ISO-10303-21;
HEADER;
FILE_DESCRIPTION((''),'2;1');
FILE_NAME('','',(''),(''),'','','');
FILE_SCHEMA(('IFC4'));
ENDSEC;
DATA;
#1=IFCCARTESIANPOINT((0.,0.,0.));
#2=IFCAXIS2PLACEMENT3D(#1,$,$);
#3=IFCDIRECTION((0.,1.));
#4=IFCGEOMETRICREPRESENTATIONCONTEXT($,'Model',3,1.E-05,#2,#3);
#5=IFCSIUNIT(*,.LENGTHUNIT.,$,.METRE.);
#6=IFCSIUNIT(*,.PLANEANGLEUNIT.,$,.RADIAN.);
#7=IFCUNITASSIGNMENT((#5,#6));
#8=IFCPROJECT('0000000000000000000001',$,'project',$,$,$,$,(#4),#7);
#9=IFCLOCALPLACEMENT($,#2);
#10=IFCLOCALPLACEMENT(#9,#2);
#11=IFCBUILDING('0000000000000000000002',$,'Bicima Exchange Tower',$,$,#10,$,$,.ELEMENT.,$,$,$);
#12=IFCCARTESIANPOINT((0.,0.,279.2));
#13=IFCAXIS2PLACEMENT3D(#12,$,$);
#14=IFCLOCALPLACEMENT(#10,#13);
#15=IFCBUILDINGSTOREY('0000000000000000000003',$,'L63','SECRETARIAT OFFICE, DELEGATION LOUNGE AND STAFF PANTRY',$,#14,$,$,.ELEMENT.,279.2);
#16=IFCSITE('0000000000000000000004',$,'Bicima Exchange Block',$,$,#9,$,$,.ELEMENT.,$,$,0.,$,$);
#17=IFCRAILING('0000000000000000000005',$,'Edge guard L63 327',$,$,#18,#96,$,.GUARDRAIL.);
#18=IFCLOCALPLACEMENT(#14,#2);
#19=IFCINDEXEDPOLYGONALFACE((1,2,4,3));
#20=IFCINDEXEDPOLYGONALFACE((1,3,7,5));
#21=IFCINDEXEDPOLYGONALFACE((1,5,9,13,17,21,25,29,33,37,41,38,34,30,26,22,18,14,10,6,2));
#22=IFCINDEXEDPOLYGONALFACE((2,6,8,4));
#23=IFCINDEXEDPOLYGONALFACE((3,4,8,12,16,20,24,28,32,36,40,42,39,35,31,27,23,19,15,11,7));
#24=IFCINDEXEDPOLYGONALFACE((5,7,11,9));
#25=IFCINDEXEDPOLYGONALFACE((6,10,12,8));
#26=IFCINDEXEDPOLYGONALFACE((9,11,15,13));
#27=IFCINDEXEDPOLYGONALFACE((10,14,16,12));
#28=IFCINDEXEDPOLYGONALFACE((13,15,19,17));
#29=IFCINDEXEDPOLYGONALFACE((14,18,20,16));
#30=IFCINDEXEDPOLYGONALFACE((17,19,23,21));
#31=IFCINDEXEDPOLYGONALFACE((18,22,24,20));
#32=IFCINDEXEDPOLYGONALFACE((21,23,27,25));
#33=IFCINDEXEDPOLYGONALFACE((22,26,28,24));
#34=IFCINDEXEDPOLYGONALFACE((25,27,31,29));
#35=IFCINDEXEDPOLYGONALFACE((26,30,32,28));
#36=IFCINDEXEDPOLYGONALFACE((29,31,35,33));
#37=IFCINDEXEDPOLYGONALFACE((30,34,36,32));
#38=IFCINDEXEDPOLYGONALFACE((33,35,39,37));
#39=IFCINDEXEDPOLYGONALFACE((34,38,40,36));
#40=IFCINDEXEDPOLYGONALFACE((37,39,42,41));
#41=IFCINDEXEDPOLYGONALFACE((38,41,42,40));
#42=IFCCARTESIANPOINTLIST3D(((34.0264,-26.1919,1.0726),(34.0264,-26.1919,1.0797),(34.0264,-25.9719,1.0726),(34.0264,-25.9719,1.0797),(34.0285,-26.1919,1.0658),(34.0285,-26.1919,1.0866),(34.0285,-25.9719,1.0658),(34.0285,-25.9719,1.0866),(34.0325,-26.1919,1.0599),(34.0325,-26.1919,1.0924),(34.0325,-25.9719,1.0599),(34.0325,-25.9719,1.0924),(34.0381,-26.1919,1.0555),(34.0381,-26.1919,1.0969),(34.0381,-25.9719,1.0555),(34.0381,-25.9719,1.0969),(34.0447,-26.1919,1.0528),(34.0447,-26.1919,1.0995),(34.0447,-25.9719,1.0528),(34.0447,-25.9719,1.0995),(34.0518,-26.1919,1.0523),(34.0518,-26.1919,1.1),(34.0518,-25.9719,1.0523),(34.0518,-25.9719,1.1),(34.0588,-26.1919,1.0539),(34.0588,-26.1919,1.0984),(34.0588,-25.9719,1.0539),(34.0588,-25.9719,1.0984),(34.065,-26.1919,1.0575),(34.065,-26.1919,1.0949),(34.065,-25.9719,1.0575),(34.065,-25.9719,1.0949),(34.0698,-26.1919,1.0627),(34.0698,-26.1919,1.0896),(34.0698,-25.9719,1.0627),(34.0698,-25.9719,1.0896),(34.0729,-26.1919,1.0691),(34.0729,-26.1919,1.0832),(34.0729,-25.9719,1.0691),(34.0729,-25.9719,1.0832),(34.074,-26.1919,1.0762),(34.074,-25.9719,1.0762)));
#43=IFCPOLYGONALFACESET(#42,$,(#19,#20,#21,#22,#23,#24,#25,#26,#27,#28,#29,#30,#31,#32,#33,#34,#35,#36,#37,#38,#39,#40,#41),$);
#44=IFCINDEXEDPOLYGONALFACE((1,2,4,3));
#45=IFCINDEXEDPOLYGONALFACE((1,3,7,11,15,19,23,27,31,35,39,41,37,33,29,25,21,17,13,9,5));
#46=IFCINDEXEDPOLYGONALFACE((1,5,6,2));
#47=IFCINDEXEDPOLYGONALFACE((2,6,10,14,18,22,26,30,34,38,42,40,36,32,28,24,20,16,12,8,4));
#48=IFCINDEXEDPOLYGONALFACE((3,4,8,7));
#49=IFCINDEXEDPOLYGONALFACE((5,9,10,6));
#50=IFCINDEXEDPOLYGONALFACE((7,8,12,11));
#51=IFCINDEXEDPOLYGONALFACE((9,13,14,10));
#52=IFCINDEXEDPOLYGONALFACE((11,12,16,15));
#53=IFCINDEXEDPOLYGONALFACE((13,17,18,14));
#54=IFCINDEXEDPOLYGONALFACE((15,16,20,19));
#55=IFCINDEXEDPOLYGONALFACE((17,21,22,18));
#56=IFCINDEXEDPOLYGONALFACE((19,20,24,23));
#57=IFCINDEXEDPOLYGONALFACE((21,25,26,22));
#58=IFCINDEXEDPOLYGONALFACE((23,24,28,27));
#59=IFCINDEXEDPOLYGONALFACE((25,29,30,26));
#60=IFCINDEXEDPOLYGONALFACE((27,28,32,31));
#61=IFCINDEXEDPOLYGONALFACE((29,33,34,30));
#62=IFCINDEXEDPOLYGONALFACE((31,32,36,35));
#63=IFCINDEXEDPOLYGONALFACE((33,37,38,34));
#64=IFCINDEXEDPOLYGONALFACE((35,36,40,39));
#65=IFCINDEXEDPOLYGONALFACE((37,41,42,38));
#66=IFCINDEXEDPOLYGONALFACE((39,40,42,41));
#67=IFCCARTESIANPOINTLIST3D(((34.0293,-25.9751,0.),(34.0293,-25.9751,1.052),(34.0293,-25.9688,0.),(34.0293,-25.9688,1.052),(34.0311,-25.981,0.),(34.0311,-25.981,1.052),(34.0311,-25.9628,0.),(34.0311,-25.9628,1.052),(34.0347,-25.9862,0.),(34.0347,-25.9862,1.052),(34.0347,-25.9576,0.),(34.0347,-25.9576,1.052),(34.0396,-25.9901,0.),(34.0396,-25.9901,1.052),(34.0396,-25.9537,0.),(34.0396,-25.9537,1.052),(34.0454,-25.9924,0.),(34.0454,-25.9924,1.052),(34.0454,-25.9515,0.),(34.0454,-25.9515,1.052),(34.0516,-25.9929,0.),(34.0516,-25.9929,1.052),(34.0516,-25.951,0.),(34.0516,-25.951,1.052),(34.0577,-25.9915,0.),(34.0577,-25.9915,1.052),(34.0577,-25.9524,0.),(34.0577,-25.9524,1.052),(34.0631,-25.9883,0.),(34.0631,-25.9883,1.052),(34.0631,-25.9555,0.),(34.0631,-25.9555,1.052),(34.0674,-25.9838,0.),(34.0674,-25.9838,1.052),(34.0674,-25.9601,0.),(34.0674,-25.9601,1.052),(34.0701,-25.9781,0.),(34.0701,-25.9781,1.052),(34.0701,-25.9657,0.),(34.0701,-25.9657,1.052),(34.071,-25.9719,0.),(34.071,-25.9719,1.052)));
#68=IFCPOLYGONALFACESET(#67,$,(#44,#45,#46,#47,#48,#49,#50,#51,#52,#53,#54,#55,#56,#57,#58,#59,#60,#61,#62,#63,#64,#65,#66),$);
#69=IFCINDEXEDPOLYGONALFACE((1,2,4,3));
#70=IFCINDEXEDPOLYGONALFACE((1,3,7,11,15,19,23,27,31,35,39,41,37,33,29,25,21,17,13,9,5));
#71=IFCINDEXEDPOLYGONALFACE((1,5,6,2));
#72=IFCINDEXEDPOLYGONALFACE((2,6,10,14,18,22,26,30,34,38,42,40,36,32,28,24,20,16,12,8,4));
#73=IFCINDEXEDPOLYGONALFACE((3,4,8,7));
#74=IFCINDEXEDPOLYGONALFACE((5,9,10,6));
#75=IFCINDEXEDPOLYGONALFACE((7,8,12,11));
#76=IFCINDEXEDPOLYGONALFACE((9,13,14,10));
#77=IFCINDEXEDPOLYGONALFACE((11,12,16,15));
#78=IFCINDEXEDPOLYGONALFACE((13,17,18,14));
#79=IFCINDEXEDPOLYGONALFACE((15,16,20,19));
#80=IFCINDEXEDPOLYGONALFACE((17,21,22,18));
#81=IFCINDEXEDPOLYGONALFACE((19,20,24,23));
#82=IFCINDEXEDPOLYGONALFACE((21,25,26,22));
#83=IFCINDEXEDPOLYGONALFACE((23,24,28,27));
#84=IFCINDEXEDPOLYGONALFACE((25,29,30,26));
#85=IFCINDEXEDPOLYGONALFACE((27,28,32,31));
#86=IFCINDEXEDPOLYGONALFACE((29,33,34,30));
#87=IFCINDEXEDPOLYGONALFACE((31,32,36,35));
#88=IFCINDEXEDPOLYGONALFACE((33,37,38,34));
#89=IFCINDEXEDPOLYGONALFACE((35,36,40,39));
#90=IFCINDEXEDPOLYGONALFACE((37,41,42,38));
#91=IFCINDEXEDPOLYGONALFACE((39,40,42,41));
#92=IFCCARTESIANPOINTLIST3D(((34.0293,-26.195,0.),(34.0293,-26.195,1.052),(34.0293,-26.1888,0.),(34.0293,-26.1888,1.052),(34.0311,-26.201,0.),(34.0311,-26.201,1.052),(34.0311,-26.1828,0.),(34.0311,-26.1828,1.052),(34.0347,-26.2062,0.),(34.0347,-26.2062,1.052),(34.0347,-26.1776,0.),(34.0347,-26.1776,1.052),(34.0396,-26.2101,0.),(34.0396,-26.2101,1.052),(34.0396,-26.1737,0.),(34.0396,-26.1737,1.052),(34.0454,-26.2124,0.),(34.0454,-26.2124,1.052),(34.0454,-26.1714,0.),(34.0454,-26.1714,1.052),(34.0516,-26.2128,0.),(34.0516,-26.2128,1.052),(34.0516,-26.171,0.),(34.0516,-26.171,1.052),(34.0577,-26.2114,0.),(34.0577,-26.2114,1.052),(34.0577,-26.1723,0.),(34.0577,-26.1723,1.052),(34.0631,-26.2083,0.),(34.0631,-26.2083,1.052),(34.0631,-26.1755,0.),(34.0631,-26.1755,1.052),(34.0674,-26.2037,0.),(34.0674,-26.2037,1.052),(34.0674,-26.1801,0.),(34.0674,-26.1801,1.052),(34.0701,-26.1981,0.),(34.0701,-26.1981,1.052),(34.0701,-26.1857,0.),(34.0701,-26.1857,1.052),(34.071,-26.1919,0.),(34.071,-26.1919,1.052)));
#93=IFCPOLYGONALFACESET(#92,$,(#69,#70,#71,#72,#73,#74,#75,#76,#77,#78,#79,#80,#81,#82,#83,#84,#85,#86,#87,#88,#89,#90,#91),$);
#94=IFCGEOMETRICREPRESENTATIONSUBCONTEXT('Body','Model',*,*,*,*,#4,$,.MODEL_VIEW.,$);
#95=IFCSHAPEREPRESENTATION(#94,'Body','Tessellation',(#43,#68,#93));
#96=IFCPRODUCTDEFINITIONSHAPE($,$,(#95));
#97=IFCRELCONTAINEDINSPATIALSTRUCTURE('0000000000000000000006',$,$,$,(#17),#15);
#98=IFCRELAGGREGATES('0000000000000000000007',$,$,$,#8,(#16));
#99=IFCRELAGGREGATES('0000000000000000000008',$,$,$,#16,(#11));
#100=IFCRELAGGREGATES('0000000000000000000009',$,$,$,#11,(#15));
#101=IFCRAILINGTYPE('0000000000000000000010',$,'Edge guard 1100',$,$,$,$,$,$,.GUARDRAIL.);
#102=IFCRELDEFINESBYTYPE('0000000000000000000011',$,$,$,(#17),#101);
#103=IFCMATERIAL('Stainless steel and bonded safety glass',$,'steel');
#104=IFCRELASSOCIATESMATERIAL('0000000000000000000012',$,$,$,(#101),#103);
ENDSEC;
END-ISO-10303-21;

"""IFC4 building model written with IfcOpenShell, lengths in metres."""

from ifc_helpers import new_model, si_unit, direction, frame, origin, origin_2d, place, context, subcontext, project, spatial, circle, extrude, material, type_object, element, save


model = new_model("IFC4")

# Units and contexts
model_context = context("Model", 3, precision=1e-05, world=origin(), true_north=direction((0.0, 1.0)))
body_context = subcontext(model_context, "Body", "Model", "MODEL_VIEW")
ifc_project = project(units=[si_unit("LENGTHUNIT", "METRE"), si_unit("PLANEANGLEUNIT", "RADIAN")], contexts=[model_context])

# Site, building, storey
site_placement = place(None, origin())
site = spatial("IfcSite", under=ifc_project, at=site_placement, Name="Bicima Exchange Block", CompositionType="ELEMENT", RefElevation=0.0)
building_placement = place(site_placement, origin())
building = spatial("IfcBuilding", under=site, at=building_placement, Name="Bicima Exchange Tower", CompositionType="ELEMENT")
storey_placement = place(building_placement, frame((0.0, 0.0, 279.2)))
storey = spatial("IfcBuildingStorey", under=building, at=storey_placement, Name="L63", Description="SECRETARIAT OFFICE, DELEGATION LOUNGE AND STAFF PANTRY", CompositionType="ELEMENT", Elevation=279.2)

# Railing
ifc_material_1 = material(Name="Stainless steel and bonded safety glass", Category="steel")
railing_type = type_object("IfcRailingType", Name="Edge guard 1100", PredefinedType="GUARDRAIL", material=ifc_material_1)
railing_1_placement = place(storey_placement, frame((34.05, -25.9719, 0.0)))
element("IfcRailing", 1, at=railing_1_placement, inside=storey, type_object=railing_type, Name="Edge guard L63 327", PredefinedType="GUARDRAIL", context=body_context, shape_type="SweptSolid", body=[
    extrude(circle(Radius=0.0239, at=origin_2d()), frame((0.0, 0.0, 1.0762), z_axis=(0.0, -1.0, 0.0), x_axis=(1.0, 0.0, 0.0)), (0.0, 0.0, 1.0), 0.22),
    extrude(circle(Radius=0.021, at=origin_2d()), origin(), (0.0, 0.0, 1.0), 1.052),
    extrude(circle(Radius=0.021, at=origin_2d()), frame((0.0, -0.22, 0.0)), (0.0, 0.0, 1.0), 1.052),
])

save(model, "model.ifc")
